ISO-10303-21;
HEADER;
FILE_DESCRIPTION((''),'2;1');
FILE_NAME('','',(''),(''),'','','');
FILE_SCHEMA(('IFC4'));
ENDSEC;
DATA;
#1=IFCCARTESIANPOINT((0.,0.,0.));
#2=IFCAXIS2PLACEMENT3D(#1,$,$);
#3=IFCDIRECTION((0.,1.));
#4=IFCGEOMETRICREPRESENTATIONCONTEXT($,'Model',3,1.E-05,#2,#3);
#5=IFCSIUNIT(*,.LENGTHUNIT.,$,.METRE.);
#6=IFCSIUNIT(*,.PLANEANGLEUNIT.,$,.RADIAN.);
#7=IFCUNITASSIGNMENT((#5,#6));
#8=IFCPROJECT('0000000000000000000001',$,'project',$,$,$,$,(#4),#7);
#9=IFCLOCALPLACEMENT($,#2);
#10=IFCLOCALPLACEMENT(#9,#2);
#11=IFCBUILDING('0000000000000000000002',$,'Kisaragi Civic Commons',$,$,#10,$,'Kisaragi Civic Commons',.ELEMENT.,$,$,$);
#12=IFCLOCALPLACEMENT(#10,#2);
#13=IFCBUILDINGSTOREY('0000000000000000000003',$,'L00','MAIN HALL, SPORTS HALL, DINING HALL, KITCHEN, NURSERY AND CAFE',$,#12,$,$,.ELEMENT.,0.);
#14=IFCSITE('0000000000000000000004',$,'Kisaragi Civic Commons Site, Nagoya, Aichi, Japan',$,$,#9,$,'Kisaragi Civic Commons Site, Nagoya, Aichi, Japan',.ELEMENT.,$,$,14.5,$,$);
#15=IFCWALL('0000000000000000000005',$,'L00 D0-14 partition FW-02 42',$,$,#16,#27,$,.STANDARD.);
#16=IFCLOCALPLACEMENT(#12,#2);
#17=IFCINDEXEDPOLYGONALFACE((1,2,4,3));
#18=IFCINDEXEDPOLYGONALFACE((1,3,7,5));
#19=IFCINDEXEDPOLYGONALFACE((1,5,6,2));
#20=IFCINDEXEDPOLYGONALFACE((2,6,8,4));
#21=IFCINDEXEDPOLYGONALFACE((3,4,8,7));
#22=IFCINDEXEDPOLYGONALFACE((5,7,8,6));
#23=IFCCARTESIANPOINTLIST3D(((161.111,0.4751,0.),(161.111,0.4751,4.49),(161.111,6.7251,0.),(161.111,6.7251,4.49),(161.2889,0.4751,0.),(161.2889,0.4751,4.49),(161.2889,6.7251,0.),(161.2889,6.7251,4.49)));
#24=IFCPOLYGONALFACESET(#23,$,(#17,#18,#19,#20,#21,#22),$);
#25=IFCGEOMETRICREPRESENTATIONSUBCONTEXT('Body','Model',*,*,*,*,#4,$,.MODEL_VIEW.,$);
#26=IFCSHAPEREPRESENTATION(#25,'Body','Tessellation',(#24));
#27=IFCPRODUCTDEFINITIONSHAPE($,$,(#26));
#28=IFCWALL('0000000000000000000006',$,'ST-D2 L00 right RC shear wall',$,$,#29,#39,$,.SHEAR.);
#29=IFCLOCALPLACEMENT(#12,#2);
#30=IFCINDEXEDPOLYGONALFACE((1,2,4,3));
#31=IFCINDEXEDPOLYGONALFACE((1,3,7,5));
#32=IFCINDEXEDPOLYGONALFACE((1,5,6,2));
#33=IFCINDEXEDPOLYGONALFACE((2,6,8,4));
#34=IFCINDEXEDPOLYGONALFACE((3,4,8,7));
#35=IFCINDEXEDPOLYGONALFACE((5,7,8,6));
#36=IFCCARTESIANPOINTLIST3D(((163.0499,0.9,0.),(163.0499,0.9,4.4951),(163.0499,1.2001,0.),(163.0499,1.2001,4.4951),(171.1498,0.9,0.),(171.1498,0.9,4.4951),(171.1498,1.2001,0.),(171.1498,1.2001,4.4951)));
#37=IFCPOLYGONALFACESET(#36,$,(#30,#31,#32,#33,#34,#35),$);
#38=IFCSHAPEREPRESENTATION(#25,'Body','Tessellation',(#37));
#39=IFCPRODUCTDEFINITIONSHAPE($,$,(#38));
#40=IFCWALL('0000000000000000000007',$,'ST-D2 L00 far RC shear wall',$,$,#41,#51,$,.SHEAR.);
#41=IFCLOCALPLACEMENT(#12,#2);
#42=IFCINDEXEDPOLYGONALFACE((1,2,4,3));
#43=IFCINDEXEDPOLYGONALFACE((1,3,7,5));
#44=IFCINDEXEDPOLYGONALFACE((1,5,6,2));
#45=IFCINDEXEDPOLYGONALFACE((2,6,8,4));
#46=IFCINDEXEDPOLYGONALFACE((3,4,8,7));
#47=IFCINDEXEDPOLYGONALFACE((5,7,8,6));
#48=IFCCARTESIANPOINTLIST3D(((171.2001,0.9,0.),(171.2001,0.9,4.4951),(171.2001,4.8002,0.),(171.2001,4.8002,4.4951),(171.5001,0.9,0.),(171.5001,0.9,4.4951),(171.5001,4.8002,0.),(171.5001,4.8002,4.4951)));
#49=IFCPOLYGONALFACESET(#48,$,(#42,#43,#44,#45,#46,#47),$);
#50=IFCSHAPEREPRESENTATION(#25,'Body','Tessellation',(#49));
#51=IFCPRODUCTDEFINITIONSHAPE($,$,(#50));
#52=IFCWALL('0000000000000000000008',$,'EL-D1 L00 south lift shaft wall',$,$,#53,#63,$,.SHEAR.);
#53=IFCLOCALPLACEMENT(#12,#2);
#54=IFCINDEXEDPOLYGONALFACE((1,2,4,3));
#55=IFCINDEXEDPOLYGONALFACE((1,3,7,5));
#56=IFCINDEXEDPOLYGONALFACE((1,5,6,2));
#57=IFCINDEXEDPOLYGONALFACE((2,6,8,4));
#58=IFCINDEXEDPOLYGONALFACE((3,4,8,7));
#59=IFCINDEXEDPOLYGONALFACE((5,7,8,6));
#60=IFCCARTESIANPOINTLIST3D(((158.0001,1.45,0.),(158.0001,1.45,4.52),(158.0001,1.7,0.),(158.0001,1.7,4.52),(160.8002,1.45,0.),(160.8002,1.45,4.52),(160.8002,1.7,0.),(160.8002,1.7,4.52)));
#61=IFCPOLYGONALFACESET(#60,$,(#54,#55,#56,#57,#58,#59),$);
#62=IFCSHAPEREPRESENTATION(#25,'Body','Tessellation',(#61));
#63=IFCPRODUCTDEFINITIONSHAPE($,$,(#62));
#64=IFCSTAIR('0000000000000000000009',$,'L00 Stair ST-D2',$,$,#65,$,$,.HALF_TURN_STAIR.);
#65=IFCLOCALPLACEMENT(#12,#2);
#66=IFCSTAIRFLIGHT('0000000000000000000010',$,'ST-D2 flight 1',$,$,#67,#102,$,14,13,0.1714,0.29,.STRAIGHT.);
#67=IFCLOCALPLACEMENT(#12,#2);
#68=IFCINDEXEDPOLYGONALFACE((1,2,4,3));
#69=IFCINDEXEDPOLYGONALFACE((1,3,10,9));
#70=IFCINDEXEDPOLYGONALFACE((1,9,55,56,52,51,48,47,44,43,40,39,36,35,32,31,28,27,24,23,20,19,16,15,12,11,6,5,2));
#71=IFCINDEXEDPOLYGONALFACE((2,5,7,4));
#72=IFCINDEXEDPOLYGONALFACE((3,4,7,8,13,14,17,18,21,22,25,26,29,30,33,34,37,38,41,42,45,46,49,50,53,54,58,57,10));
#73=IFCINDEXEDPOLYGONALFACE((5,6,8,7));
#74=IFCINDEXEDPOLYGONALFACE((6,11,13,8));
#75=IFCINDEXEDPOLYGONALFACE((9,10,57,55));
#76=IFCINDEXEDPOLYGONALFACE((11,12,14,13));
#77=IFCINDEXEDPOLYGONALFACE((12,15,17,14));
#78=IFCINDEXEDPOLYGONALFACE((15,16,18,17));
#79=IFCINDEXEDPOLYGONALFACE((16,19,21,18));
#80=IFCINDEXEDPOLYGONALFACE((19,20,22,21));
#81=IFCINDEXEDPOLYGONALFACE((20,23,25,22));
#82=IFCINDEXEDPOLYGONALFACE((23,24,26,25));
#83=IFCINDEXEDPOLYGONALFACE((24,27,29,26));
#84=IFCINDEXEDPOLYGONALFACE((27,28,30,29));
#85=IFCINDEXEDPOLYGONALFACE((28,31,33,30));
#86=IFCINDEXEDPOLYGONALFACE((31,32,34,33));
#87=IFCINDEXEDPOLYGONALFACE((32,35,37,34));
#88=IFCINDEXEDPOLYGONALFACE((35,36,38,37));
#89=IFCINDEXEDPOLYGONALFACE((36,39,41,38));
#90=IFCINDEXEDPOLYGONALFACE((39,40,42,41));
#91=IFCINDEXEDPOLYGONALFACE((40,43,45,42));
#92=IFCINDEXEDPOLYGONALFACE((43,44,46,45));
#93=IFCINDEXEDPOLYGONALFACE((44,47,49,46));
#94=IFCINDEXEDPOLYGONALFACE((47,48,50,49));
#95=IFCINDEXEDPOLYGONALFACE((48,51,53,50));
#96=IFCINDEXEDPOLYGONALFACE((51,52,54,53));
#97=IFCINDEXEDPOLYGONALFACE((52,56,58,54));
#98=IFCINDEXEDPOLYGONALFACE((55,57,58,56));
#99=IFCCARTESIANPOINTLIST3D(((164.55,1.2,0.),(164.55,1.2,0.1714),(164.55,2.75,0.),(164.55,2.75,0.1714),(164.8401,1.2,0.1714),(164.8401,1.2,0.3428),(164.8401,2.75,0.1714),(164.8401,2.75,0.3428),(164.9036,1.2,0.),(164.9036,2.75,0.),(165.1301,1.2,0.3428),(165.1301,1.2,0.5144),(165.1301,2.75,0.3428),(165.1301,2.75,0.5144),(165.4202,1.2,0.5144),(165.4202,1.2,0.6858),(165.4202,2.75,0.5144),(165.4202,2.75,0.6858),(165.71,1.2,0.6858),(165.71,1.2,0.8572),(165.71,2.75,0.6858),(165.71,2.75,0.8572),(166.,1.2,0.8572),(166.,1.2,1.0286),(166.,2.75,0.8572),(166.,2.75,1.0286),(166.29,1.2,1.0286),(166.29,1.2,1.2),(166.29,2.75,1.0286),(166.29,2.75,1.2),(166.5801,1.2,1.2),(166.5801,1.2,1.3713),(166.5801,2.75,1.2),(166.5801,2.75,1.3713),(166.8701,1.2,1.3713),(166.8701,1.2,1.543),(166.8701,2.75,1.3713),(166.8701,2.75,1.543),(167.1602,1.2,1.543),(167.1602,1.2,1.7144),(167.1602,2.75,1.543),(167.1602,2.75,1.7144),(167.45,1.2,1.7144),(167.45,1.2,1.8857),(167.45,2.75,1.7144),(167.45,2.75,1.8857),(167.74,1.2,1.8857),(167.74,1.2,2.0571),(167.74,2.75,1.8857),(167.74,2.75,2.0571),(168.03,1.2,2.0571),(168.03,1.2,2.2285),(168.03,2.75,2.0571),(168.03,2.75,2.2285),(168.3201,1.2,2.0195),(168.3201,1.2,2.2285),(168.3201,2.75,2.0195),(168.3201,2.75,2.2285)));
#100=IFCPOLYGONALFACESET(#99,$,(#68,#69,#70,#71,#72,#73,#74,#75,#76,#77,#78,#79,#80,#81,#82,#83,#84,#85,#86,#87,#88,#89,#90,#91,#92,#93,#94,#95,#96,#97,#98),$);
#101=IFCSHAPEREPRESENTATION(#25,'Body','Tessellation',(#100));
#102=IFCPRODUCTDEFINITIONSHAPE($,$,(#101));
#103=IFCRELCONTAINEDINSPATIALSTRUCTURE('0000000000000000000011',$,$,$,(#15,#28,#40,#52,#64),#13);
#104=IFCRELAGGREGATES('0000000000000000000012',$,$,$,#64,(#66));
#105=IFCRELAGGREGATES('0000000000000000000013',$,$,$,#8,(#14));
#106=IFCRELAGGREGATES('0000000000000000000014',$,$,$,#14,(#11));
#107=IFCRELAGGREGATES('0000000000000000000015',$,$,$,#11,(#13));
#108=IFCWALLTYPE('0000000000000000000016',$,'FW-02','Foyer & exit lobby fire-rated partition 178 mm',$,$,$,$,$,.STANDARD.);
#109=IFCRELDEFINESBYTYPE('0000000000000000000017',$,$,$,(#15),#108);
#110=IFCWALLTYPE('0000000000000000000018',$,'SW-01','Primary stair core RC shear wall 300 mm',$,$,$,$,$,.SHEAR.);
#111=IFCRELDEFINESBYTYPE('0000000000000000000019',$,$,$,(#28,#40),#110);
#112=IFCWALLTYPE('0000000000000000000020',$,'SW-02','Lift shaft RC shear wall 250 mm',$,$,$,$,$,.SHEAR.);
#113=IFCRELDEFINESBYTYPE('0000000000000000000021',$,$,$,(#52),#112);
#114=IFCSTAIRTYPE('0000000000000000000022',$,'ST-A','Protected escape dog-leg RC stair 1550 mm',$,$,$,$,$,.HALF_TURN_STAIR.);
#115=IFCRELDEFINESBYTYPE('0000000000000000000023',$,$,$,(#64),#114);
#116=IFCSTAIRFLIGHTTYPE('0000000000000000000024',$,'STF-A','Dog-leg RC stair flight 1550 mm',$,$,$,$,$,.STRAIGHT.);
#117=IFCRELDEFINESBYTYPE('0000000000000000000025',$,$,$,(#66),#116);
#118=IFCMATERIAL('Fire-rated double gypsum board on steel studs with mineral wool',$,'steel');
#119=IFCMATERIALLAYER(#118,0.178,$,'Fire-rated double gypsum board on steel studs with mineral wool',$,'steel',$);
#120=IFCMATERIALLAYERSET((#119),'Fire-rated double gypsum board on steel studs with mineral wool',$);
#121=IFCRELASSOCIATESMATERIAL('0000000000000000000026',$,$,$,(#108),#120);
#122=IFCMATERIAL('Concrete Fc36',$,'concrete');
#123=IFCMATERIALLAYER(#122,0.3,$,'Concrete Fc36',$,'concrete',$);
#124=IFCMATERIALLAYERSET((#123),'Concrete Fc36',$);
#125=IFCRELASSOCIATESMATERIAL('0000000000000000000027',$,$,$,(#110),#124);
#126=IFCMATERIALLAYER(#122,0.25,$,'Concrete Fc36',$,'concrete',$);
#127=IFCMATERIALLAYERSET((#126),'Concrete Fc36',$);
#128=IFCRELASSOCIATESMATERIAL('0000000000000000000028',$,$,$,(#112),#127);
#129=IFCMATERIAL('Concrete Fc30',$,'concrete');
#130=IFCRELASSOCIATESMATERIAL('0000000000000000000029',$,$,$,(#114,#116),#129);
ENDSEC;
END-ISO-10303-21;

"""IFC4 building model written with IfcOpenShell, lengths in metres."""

from ifc_helpers import new_model, si_unit, direction, frame, frame_2d, origin, place, context, subcontext, project, spatial, polyline, rectangle, outline, extrude, material, layer, layer_set, type_object, element, aggregate, save


model = new_model("IFC4")

# Units and contexts
model_context = context("Model", 3, precision=1e-05, world=origin(), true_north=direction((0.0, 1.0)))
body_context = subcontext(model_context, "Body", "Model", "MODEL_VIEW")
ifc_project = project(units=[si_unit("LENGTHUNIT", "METRE"), si_unit("PLANEANGLEUNIT", "RADIAN")], contexts=[model_context])

# Site, building, storey
site_placement = place(None, origin())
site = spatial("IfcSite", under=ifc_project, at=site_placement, Name="Kisaragi Civic Commons Site, Nagoya, Aichi, Japan", LongName="Kisaragi Civic Commons Site, Nagoya, Aichi, Japan", CompositionType="ELEMENT", RefElevation=14.5)
building_placement = place(site_placement, origin())
building = spatial("IfcBuilding", under=site, at=building_placement, Name="Kisaragi Civic Commons", LongName="Kisaragi Civic Commons", CompositionType="ELEMENT")
storey_placement = place(building_placement, origin())
storey = spatial("IfcBuildingStorey", under=building, at=storey_placement, Name="L00", Description="MAIN HALL, SPORTS HALL, DINING HALL, KITCHEN, NURSERY AND CAFE", CompositionType="ELEMENT", Elevation=0.0)

# Shared definitions
ifc_material_1 = material(Name="Concrete Fc36", Category="concrete")

# Shared definitions
ifc_material_2 = material(Name="Concrete Fc30", Category="concrete")

# Walls
ifc_material_3 = material(Name="Fire-rated double gypsum board on steel studs with mineral wool", Category="steel")
ifc_layer_1 = layer(ifc_material_3, 0.178, Name="Fire-rated double gypsum board on steel studs with mineral wool", Category="steel")
ifc_layer_set_1 = layer_set([ifc_layer_1], Name="Fire-rated double gypsum board on steel studs with mineral wool")
wall_type_1 = type_object("IfcWallType", Name="FW-02", Description="Foyer & exit lobby fire-rated partition 178 mm", PredefinedType="STANDARD", material=ifc_layer_set_1)
wall_1_placement = place(storey_placement, frame((161.2, 0.4751, 0.0), z_axis=(0.0, 0.0, 1.0), x_axis=(0.0, 1.0, 0.0)))
element("IfcWall", 1, at=wall_1_placement, inside=storey, type_object=wall_type_1, Name="L00 D0-14 partition FW-02 42", PredefinedType="STANDARD", context=body_context, shape_type="SweptSolid", body=[
    extrude(rectangle(XDim=6.25, YDim=0.178, at=frame_2d((3.125, 0.0))), origin(), (0.0, 0.0, 1.0), 4.49),
])
ifc_layer_2 = layer(ifc_material_1, 0.3, Name="Concrete Fc36", Category="concrete")
ifc_layer_set_2 = layer_set([ifc_layer_2], Name="Concrete Fc36")
wall_type_2 = type_object("IfcWallType", Name="SW-01", Description="Primary stair core RC shear wall 300 mm", PredefinedType="SHEAR", material=ifc_layer_set_2)
wall_2_placement = place(storey_placement, frame((163.05, 1.05, 0.0), z_axis=(0.0, 0.0, 1.0), x_axis=(1.0, 0.0, 0.0)))
element("IfcWall", 2, at=wall_2_placement, inside=storey, type_object=wall_type_2, Name="ST-D2 L00 right RC shear wall", PredefinedType="SHEAR", context=body_context, shape_type="SweptSolid", body=[
    extrude(rectangle(XDim=8.0999, YDim=0.3, at=frame_2d((4.0498, 0.0))), origin(), (0.0, 0.0, 1.0), 4.4951),
])
wall_3_placement = place(storey_placement, frame((171.3501, 0.8999, 0.0), z_axis=(0.0, 0.0, 1.0), x_axis=(0.0, 1.0, 0.0)))
element("IfcWall", 3, at=wall_3_placement, inside=storey, type_object=wall_type_2, Name="ST-D2 L00 far RC shear wall", PredefinedType="SHEAR", context=body_context, shape_type="SweptSolid", body=[
    extrude(rectangle(XDim=3.9001, YDim=0.3, at=frame_2d((1.9502, 0.0))), origin(), (0.0, 0.0, 1.0), 4.4951),
])
ifc_layer_3 = layer(ifc_material_1, 0.25, Name="Concrete Fc36", Category="concrete")
ifc_layer_set_3 = layer_set([ifc_layer_3], Name="Concrete Fc36")
wall_type_3 = type_object("IfcWallType", Name="SW-02", Description="Lift shaft RC shear wall 250 mm", PredefinedType="SHEAR", material=ifc_layer_set_3)
wall_4_placement = place(storey_placement, frame((160.8, 1.575, 0.0), z_axis=(0.0, 0.0, 1.0), x_axis=(-1.0, 0.0, 0.0)))
element("IfcWall", 4, at=wall_4_placement, inside=storey, type_object=wall_type_3, Name="EL-D1 L00 south lift shaft wall", PredefinedType="SHEAR", context=body_context, shape_type="SweptSolid", body=[
    extrude(rectangle(XDim=2.8, YDim=0.25, at=frame_2d((1.3999, 0.0))), origin(), (0.0, 0.0, 1.0), 4.52),
])

# Stair, stair flight
stair_type = type_object("IfcStairType", Name="ST-A", Description="Protected escape dog-leg RC stair 1550 mm", PredefinedType="HALF_TURN_STAIR", material=ifc_material_2)
stair_placement = place(storey_placement, origin())
stair = element("IfcStair", 5, at=stair_placement, inside=storey, type_object=stair_type, Name="L00 Stair ST-D2", PredefinedType="HALF_TURN_STAIR")
stair_flight_type = type_object("IfcStairFlightType", Name="STF-A", Description="Dog-leg RC stair flight 1550 mm", PredefinedType="STRAIGHT", material=ifc_material_2)
stair_flight_placement = place(storey_placement, frame((164.55, 1.9751, 0.0), z_axis=(0.0, 0.0, 1.0), x_axis=(1.0, 0.0, 0.0)))
stair_flight = element("IfcStairFlight", 6, at=stair_flight_placement, type_object=stair_flight_type, Name="ST-D2 flight 1", NumberOfRisers=14, NumberOfTreads=13, PredefinedType="STRAIGHT", RiserHeight=0.1714, TreadLength=0.29, context=body_context, shape_type="SweptSolid", body=[
    extrude(outline(polyline([(0.0, 0.0), (0.0, 0.1714), (0.29, 0.1714), (0.29, 0.3428), (0.5801, 0.3428), (0.5801, 0.5144), (0.8701, 0.5144), (0.8701, 0.6858), (1.1599, 0.6858), (1.1599, 0.8572), (1.45, 0.8572), (1.45, 1.0286), (1.74, 1.0286), (1.74, 1.2), (2.03, 1.2), (2.03, 1.3713), (2.3201, 1.3713), (2.3201, 1.543), (2.6101, 1.543), (2.6101, 1.7144), (2.8999, 1.7144), (2.8999, 1.8857), (3.1899, 1.8857), (3.1899, 2.0571), (3.48, 2.0571), (3.48, 2.2285), (3.77, 2.2285), (3.77, 2.3999), (3.77, 2.0195), (0.3535, 0.0), (0.0, 0.0)])), frame((0.0, 0.7749, 0.0), z_axis=(0.0, -1.0, 0.0), x_axis=(1.0, 0.0, 0.0)), (0.0, 0.0, 1.0), 1.55),
])
aggregate(stair, [stair_flight])

save(model, "model.ifc")
